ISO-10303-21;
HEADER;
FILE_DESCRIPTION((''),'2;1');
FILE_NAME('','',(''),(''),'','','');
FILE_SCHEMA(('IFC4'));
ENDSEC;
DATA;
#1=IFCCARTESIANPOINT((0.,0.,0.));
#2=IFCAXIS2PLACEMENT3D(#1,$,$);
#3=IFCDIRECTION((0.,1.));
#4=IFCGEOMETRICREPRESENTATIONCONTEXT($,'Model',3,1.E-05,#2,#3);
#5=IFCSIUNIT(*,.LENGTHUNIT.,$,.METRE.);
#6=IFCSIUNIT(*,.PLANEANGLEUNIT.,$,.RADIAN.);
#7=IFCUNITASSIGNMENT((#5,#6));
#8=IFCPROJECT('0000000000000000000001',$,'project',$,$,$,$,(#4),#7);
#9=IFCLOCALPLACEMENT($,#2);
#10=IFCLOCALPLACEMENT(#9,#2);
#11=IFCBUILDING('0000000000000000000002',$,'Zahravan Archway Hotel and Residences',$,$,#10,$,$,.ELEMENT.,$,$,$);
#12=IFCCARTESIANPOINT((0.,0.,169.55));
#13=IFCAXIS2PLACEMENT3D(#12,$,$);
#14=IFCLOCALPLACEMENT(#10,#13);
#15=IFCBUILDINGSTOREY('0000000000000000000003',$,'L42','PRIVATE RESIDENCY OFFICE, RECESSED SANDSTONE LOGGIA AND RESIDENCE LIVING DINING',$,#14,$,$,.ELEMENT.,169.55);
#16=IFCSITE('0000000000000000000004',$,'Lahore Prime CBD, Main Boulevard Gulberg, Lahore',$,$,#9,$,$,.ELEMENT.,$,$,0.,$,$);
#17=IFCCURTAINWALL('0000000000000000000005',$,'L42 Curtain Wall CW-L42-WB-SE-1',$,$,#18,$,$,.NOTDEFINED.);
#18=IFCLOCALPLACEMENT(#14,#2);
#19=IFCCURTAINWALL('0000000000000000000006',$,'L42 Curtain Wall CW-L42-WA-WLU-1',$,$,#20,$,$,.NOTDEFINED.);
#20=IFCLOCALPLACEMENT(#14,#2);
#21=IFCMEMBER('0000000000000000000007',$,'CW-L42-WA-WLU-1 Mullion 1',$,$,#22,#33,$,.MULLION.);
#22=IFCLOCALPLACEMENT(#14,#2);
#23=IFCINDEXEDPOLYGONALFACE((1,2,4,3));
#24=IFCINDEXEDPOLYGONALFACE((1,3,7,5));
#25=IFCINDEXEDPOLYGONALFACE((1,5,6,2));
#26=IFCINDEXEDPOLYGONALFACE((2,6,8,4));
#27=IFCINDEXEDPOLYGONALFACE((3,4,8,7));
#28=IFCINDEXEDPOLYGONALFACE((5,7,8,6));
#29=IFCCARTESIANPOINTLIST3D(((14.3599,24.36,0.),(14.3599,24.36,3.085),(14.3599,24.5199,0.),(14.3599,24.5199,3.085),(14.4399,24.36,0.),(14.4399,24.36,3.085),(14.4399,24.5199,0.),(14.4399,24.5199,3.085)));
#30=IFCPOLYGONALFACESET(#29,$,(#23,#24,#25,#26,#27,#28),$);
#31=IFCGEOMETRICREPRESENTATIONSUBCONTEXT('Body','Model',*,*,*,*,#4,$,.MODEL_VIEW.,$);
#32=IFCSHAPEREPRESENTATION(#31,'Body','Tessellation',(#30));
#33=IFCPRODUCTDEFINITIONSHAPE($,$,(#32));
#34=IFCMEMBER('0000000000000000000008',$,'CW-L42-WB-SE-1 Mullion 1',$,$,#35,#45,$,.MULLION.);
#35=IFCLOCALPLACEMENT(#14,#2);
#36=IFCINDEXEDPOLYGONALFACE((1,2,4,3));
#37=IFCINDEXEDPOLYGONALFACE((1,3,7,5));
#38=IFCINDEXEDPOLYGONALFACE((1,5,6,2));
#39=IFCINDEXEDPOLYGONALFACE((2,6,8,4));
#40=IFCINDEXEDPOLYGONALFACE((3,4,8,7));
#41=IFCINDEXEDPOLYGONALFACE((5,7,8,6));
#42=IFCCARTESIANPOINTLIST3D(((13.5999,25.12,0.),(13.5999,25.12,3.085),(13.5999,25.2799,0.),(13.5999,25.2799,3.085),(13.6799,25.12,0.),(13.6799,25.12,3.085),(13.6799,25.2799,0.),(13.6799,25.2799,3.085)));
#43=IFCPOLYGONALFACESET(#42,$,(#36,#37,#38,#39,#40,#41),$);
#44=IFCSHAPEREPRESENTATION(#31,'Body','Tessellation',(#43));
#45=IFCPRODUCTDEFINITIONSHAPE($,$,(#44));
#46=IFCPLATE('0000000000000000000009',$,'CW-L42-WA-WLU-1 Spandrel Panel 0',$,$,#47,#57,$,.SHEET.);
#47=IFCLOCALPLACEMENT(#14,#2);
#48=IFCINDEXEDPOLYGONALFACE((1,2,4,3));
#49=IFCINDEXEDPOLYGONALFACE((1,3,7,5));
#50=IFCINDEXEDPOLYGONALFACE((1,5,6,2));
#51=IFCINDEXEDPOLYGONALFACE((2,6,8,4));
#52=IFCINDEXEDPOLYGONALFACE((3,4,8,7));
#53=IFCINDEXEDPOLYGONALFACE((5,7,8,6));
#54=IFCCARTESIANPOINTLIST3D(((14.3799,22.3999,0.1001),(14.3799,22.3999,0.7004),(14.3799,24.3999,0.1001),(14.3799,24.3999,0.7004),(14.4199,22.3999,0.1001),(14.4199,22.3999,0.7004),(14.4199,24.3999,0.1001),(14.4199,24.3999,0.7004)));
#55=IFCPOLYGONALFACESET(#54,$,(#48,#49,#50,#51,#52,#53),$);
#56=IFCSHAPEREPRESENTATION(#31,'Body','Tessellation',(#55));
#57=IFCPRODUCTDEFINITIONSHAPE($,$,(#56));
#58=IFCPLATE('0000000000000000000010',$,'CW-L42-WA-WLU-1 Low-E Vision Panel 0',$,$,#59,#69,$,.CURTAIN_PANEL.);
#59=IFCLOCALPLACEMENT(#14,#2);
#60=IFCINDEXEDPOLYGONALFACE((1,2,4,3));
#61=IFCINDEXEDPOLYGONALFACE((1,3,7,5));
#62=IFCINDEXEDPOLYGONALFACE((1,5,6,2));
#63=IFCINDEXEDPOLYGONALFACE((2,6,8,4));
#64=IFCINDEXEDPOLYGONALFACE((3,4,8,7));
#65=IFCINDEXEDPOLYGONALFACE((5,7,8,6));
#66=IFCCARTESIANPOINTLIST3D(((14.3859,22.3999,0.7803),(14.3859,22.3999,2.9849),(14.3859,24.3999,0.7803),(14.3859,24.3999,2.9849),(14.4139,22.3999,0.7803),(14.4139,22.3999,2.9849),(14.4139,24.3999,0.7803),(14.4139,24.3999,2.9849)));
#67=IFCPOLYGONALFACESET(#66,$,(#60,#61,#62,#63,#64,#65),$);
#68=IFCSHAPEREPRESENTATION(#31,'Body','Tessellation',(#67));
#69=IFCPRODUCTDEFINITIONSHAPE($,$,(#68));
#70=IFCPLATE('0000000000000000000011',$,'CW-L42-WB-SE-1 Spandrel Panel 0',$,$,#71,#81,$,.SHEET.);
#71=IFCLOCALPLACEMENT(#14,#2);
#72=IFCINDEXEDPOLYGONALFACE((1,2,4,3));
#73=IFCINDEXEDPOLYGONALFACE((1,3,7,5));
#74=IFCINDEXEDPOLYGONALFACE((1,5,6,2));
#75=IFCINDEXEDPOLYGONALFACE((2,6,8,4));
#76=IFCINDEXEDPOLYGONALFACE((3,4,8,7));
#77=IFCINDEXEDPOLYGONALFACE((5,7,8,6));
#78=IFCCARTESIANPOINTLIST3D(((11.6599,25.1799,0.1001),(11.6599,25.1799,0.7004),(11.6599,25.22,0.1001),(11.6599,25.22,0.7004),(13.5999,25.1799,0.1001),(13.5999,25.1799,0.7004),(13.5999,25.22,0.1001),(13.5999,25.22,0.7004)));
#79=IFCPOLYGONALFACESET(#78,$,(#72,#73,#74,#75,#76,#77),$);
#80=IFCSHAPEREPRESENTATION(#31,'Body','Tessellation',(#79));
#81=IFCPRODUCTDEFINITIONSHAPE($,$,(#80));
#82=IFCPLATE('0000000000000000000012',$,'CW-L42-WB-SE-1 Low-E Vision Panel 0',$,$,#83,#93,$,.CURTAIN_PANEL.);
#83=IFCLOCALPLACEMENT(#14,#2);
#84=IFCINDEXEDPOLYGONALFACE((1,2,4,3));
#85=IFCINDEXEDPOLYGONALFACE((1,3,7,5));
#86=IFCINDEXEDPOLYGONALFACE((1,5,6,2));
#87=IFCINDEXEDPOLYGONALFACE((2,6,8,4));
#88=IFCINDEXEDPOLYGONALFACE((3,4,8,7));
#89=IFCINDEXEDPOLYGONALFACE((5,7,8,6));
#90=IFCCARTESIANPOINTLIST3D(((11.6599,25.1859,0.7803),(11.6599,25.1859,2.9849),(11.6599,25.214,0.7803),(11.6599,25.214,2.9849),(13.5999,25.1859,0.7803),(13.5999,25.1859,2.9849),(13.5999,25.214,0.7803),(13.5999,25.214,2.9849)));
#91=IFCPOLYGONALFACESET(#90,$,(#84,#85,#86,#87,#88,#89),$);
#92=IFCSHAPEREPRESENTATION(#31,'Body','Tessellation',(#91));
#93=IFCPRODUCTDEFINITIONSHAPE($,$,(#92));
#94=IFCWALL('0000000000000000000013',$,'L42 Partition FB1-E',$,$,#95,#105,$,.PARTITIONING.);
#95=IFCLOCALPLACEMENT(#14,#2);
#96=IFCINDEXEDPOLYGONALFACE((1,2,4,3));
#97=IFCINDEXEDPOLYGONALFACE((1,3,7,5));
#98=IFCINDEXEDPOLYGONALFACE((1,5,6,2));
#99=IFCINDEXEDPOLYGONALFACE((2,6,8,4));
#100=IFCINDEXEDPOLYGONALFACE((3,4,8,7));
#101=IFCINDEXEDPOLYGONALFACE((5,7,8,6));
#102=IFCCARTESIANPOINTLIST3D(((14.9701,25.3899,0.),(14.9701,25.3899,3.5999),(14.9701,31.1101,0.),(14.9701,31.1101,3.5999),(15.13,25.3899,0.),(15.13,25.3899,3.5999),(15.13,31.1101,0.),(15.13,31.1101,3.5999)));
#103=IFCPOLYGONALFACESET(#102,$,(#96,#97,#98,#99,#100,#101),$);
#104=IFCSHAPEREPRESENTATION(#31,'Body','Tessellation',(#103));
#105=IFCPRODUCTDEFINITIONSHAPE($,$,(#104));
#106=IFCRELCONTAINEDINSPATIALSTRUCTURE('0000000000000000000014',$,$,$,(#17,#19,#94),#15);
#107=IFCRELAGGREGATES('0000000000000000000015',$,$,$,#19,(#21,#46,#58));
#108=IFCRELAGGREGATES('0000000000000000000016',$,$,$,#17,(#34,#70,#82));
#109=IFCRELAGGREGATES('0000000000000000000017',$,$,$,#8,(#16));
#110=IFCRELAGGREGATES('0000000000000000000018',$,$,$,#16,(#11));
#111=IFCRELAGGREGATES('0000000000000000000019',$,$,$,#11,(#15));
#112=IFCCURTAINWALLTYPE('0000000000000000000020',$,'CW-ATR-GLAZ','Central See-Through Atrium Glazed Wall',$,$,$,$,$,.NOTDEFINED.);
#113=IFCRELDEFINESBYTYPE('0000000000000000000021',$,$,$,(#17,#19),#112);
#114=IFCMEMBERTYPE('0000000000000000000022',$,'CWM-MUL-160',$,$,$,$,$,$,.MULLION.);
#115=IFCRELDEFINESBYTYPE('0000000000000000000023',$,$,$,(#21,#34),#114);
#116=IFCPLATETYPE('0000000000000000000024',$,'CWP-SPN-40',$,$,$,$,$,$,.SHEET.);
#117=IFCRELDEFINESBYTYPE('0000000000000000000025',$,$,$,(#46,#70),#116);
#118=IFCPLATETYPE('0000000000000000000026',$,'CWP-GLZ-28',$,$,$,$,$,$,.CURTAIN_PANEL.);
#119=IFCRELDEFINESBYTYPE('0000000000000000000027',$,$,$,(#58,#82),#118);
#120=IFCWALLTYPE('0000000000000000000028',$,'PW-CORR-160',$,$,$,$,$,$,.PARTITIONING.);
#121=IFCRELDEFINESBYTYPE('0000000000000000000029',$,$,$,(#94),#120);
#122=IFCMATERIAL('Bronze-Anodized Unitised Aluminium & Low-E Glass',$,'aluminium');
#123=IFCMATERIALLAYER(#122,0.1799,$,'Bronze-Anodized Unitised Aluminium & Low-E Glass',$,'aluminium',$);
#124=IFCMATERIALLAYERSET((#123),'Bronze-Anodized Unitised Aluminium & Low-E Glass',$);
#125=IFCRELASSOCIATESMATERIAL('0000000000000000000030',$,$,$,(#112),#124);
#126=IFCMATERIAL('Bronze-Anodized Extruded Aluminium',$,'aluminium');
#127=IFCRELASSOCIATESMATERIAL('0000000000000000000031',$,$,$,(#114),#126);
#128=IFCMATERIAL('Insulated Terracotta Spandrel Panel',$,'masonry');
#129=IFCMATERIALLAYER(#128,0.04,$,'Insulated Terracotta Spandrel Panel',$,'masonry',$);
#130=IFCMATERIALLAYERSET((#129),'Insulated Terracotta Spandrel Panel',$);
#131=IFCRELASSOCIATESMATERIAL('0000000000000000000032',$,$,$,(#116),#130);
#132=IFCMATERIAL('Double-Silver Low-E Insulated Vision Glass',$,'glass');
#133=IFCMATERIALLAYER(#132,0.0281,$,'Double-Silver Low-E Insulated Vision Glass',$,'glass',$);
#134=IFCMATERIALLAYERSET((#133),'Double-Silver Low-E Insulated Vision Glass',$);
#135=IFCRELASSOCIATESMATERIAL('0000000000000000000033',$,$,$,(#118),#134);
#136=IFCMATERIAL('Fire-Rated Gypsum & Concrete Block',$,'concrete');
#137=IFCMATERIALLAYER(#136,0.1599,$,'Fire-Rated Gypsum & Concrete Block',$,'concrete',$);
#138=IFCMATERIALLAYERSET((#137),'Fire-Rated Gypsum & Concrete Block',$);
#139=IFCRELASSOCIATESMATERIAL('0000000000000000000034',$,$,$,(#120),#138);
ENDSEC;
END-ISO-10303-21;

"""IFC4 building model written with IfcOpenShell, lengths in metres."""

from ifc_helpers import new_model, si_unit, direction, frame, frame_2d, origin, origin_2d, place, context, subcontext, project, spatial, rectangle, extrude, source, transform, mapped, material, layer, layer_set, material_profile, profile_set, type_object, element, aggregate, save


model = new_model("IFC4")

# Units and contexts
model_context = context("Model", 3, precision=1e-05, world=origin(), true_north=direction((0.0, 1.0)))
body_context = subcontext(model_context, "Body", "Model", "MODEL_VIEW")
ifc_project = project(units=[si_unit("LENGTHUNIT", "METRE"), si_unit("PLANEANGLEUNIT", "RADIAN")], contexts=[model_context])

# Site, building, storey
site_placement = place(None, origin())
site = spatial("IfcSite", under=ifc_project, at=site_placement, Name="Lahore Prime CBD, Main Boulevard Gulberg, Lahore", CompositionType="ELEMENT", RefElevation=0.0)
building_placement = place(site_placement, origin())
building = spatial("IfcBuilding", under=site, at=building_placement, Name="Zahravan Archway Hotel and Residences", CompositionType="ELEMENT")
storey_placement = place(building_placement, frame((0.0, 0.0, 169.55)))
storey = spatial("IfcBuildingStorey", under=building, at=storey_placement, Name="L42", Description="PRIVATE RESIDENCY OFFICE, RECESSED SANDSTONE LOGGIA AND RESIDENCE LIVING DINING", CompositionType="ELEMENT", Elevation=169.55)

# Curtain wall
ifc_material_1 = material(Name="Bronze-Anodized Unitised Aluminium & Low-E Glass", Category="aluminium")
ifc_layer_1 = layer(ifc_material_1, 0.1799, Name="Bronze-Anodized Unitised Aluminium & Low-E Glass", Category="aluminium")
ifc_layer_set_1 = layer_set([ifc_layer_1], Name="Bronze-Anodized Unitised Aluminium & Low-E Glass")
curtain_wall_type = type_object("IfcCurtainWallType", Name="CW-ATR-GLAZ", Description="Central See-Through Atrium Glazed Wall", PredefinedType="NOTDEFINED", material=ifc_layer_set_1)
curtain_wall_1_placement = place(storey_placement, origin())
curtain_wall_1 = element("IfcCurtainWall", 1, at=curtain_wall_1_placement, inside=storey, type_object=curtain_wall_type, Name="L42 Curtain Wall CW-L42-WB-SE-1", PredefinedType="NOTDEFINED")
ifc_material_2 = material(Name="Bronze-Anodized Extruded Aluminium", Category="aluminium")

# Curtain wall, member
curtain_wall_2_placement = place(storey_placement, origin())
curtain_wall_2 = element("IfcCurtainWall", 2, at=curtain_wall_2_placement, inside=storey, type_object=curtain_wall_type, Name="L42 Curtain Wall CW-L42-WA-WLU-1", PredefinedType="NOTDEFINED")
ifc_material_profile_1 = material_profile(ifc_material_2, rectangle(XDim=0.0801, YDim=0.1599, at=origin_2d()), Name="MUL 80x160", Category="aluminium")
ifc_profile_set_1 = profile_set([ifc_material_profile_1], Name="Bronze-Anodized Extruded Aluminium")
member_type_1 = type_object("IfcMemberType", Name="CWM-MUL-160", PredefinedType="MULLION", material=ifc_profile_set_1)
shared_shape_1 = source(origin(), body_context, "Body", "SweptSolid", [
    extrude(rectangle(XDim=0.0801, YDim=0.1599, at=origin_2d()), origin(), (0.0, 0.0, 1.0), 3.085),
])
member_1_placement = place(storey_placement, frame((14.3999, 24.4399, 0.0), z_axis=(0.0, 0.0, 1.0), x_axis=(1.0, 0.0, 0.0)))
member_1 = element("IfcMember", 3, at=member_1_placement, type_object=member_type_1, Name="CW-L42-WA-WLU-1 Mullion 1", PredefinedType="MULLION", context=body_context, shape_type="MappedRepresentation", body=[
    mapped(shared_shape_1, transform((0.0, 0.0, 0.0), scale=1.0)),
])

# Member
member_2_placement = place(storey_placement, frame((13.6399, 25.2, 0.0), z_axis=(0.0, 0.0, 1.0), x_axis=(1.0, 0.0, 0.0)))
member_2 = element("IfcMember", 4, at=member_2_placement, type_object=member_type_1, Name="CW-L42-WB-SE-1 Mullion 1", PredefinedType="MULLION", context=body_context, shape_type="MappedRepresentation", body=[
    mapped(shared_shape_1, transform((0.0, 0.0, 0.0), scale=1.0)),
])

# Plates
ifc_material_3 = material(Name="Insulated Terracotta Spandrel Panel", Category="masonry")
ifc_layer_2 = layer(ifc_material_3, 0.04, Name="Insulated Terracotta Spandrel Panel", Category="masonry")
ifc_layer_set_2 = layer_set([ifc_layer_2], Name="Insulated Terracotta Spandrel Panel")
plate_type_1 = type_object("IfcPlateType", Name="CWP-SPN-40", PredefinedType="SHEET", material=ifc_layer_set_2)
shared_shape_2 = source(origin(), body_context, "Body", "SweptSolid", [
    extrude(rectangle(XDim=2.0, YDim=0.04, at=origin_2d()), origin(), (0.0, 0.0, 1.0), 0.6003),
])
plate_1_placement = place(storey_placement, frame((14.3999, 23.3999, 0.1001), z_axis=(0.0, 0.0, 1.0), x_axis=(0.0, 1.0, 0.0)))
plate_1 = element("IfcPlate", 5, at=plate_1_placement, type_object=plate_type_1, Name="CW-L42-WA-WLU-1 Spandrel Panel 0", PredefinedType="SHEET", context=body_context, shape_type="MappedRepresentation", body=[
    mapped(shared_shape_2, transform((0.0, 0.0, 0.0), scale=1.0)),
])
ifc_material_4 = material(Name="Double-Silver Low-E Insulated Vision Glass", Category="glass")
ifc_layer_3 = layer(ifc_material_4, 0.0281, Name="Double-Silver Low-E Insulated Vision Glass", Category="glass")
ifc_layer_set_3 = layer_set([ifc_layer_3], Name="Double-Silver Low-E Insulated Vision Glass")
plate_type_2 = type_object("IfcPlateType", Name="CWP-GLZ-28", PredefinedType="CURTAIN_PANEL", material=ifc_layer_set_3)
shared_shape_3 = source(origin(), body_context, "Body", "SweptSolid", [
    extrude(rectangle(XDim=2.0, YDim=0.0281, at=origin_2d()), origin(), (0.0, 0.0, 1.0), 2.2046),
])
plate_2_placement = place(storey_placement, frame((14.3999, 23.3999, 0.7803), z_axis=(0.0, 0.0, 1.0), x_axis=(0.0, 1.0, 0.0)))
plate_2 = element("IfcPlate", 6, at=plate_2_placement, type_object=plate_type_2, Name="CW-L42-WA-WLU-1 Low-E Vision Panel 0", PredefinedType="CURTAIN_PANEL", context=body_context, shape_type="MappedRepresentation", body=[
    mapped(shared_shape_3, transform((0.0, 0.0, 0.0), scale=1.0)),
])
aggregate(curtain_wall_2, [member_1, plate_1, plate_2])
shared_shape_4 = source(origin(), body_context, "Body", "SweptSolid", [
    extrude(rectangle(XDim=1.9399, YDim=0.04, at=origin_2d()), origin(), (0.0, 0.0, 1.0), 0.6003),
])
plate_3_placement = place(storey_placement, frame((12.6299, 25.2, 0.1001), z_axis=(0.0, 0.0, 1.0), x_axis=(1.0, 0.0, 0.0)))
plate_3 = element("IfcPlate", 7, at=plate_3_placement, type_object=plate_type_1, Name="CW-L42-WB-SE-1 Spandrel Panel 0", PredefinedType="SHEET", context=body_context, shape_type="MappedRepresentation", body=[
    mapped(shared_shape_4, transform((0.0, 0.0, 0.0), scale=1.0)),
])
shared_shape_5 = source(origin(), body_context, "Body", "SweptSolid", [
    extrude(rectangle(XDim=1.9399, YDim=0.0281, at=origin_2d()), origin(), (0.0, 0.0, 1.0), 2.2046),
])
plate_4_placement = place(storey_placement, frame((12.6299, 25.2, 0.7803), z_axis=(0.0, 0.0, 1.0), x_axis=(1.0, 0.0, 0.0)))
plate_4 = element("IfcPlate", 8, at=plate_4_placement, type_object=plate_type_2, Name="CW-L42-WB-SE-1 Low-E Vision Panel 0", PredefinedType="CURTAIN_PANEL", context=body_context, shape_type="MappedRepresentation", body=[
    mapped(shared_shape_5, transform((0.0, 0.0, 0.0), scale=1.0)),
])
aggregate(curtain_wall_1, [member_2, plate_3, plate_4])

# Wall
ifc_material_5 = material(Name="Fire-Rated Gypsum & Concrete Block", Category="concrete")
ifc_layer_4 = layer(ifc_material_5, 0.1599, Name="Fire-Rated Gypsum & Concrete Block", Category="concrete")
ifc_layer_set_4 = layer_set([ifc_layer_4], Name="Fire-Rated Gypsum & Concrete Block")
wall_type = type_object("IfcWallType", Name="PW-CORR-160", PredefinedType="PARTITIONING", material=ifc_layer_set_4)
wall_placement = place(storey_placement, frame((15.05, 25.3899, 0.0), z_axis=(0.0, 0.0, 1.0), x_axis=(0.0, 1.0, 0.0)))
element("IfcWall", 9, at=wall_placement, inside=storey, type_object=wall_type, Name="L42 Partition FB1-E", PredefinedType="PARTITIONING", context=body_context, shape_type="SweptSolid", body=[
    extrude(rectangle(XDim=5.7202, YDim=0.1599, at=frame_2d((2.8601, 0.0))), origin(), (0.0, 0.0, 1.0), 3.5999),
])

save(model, "model.ifc")
